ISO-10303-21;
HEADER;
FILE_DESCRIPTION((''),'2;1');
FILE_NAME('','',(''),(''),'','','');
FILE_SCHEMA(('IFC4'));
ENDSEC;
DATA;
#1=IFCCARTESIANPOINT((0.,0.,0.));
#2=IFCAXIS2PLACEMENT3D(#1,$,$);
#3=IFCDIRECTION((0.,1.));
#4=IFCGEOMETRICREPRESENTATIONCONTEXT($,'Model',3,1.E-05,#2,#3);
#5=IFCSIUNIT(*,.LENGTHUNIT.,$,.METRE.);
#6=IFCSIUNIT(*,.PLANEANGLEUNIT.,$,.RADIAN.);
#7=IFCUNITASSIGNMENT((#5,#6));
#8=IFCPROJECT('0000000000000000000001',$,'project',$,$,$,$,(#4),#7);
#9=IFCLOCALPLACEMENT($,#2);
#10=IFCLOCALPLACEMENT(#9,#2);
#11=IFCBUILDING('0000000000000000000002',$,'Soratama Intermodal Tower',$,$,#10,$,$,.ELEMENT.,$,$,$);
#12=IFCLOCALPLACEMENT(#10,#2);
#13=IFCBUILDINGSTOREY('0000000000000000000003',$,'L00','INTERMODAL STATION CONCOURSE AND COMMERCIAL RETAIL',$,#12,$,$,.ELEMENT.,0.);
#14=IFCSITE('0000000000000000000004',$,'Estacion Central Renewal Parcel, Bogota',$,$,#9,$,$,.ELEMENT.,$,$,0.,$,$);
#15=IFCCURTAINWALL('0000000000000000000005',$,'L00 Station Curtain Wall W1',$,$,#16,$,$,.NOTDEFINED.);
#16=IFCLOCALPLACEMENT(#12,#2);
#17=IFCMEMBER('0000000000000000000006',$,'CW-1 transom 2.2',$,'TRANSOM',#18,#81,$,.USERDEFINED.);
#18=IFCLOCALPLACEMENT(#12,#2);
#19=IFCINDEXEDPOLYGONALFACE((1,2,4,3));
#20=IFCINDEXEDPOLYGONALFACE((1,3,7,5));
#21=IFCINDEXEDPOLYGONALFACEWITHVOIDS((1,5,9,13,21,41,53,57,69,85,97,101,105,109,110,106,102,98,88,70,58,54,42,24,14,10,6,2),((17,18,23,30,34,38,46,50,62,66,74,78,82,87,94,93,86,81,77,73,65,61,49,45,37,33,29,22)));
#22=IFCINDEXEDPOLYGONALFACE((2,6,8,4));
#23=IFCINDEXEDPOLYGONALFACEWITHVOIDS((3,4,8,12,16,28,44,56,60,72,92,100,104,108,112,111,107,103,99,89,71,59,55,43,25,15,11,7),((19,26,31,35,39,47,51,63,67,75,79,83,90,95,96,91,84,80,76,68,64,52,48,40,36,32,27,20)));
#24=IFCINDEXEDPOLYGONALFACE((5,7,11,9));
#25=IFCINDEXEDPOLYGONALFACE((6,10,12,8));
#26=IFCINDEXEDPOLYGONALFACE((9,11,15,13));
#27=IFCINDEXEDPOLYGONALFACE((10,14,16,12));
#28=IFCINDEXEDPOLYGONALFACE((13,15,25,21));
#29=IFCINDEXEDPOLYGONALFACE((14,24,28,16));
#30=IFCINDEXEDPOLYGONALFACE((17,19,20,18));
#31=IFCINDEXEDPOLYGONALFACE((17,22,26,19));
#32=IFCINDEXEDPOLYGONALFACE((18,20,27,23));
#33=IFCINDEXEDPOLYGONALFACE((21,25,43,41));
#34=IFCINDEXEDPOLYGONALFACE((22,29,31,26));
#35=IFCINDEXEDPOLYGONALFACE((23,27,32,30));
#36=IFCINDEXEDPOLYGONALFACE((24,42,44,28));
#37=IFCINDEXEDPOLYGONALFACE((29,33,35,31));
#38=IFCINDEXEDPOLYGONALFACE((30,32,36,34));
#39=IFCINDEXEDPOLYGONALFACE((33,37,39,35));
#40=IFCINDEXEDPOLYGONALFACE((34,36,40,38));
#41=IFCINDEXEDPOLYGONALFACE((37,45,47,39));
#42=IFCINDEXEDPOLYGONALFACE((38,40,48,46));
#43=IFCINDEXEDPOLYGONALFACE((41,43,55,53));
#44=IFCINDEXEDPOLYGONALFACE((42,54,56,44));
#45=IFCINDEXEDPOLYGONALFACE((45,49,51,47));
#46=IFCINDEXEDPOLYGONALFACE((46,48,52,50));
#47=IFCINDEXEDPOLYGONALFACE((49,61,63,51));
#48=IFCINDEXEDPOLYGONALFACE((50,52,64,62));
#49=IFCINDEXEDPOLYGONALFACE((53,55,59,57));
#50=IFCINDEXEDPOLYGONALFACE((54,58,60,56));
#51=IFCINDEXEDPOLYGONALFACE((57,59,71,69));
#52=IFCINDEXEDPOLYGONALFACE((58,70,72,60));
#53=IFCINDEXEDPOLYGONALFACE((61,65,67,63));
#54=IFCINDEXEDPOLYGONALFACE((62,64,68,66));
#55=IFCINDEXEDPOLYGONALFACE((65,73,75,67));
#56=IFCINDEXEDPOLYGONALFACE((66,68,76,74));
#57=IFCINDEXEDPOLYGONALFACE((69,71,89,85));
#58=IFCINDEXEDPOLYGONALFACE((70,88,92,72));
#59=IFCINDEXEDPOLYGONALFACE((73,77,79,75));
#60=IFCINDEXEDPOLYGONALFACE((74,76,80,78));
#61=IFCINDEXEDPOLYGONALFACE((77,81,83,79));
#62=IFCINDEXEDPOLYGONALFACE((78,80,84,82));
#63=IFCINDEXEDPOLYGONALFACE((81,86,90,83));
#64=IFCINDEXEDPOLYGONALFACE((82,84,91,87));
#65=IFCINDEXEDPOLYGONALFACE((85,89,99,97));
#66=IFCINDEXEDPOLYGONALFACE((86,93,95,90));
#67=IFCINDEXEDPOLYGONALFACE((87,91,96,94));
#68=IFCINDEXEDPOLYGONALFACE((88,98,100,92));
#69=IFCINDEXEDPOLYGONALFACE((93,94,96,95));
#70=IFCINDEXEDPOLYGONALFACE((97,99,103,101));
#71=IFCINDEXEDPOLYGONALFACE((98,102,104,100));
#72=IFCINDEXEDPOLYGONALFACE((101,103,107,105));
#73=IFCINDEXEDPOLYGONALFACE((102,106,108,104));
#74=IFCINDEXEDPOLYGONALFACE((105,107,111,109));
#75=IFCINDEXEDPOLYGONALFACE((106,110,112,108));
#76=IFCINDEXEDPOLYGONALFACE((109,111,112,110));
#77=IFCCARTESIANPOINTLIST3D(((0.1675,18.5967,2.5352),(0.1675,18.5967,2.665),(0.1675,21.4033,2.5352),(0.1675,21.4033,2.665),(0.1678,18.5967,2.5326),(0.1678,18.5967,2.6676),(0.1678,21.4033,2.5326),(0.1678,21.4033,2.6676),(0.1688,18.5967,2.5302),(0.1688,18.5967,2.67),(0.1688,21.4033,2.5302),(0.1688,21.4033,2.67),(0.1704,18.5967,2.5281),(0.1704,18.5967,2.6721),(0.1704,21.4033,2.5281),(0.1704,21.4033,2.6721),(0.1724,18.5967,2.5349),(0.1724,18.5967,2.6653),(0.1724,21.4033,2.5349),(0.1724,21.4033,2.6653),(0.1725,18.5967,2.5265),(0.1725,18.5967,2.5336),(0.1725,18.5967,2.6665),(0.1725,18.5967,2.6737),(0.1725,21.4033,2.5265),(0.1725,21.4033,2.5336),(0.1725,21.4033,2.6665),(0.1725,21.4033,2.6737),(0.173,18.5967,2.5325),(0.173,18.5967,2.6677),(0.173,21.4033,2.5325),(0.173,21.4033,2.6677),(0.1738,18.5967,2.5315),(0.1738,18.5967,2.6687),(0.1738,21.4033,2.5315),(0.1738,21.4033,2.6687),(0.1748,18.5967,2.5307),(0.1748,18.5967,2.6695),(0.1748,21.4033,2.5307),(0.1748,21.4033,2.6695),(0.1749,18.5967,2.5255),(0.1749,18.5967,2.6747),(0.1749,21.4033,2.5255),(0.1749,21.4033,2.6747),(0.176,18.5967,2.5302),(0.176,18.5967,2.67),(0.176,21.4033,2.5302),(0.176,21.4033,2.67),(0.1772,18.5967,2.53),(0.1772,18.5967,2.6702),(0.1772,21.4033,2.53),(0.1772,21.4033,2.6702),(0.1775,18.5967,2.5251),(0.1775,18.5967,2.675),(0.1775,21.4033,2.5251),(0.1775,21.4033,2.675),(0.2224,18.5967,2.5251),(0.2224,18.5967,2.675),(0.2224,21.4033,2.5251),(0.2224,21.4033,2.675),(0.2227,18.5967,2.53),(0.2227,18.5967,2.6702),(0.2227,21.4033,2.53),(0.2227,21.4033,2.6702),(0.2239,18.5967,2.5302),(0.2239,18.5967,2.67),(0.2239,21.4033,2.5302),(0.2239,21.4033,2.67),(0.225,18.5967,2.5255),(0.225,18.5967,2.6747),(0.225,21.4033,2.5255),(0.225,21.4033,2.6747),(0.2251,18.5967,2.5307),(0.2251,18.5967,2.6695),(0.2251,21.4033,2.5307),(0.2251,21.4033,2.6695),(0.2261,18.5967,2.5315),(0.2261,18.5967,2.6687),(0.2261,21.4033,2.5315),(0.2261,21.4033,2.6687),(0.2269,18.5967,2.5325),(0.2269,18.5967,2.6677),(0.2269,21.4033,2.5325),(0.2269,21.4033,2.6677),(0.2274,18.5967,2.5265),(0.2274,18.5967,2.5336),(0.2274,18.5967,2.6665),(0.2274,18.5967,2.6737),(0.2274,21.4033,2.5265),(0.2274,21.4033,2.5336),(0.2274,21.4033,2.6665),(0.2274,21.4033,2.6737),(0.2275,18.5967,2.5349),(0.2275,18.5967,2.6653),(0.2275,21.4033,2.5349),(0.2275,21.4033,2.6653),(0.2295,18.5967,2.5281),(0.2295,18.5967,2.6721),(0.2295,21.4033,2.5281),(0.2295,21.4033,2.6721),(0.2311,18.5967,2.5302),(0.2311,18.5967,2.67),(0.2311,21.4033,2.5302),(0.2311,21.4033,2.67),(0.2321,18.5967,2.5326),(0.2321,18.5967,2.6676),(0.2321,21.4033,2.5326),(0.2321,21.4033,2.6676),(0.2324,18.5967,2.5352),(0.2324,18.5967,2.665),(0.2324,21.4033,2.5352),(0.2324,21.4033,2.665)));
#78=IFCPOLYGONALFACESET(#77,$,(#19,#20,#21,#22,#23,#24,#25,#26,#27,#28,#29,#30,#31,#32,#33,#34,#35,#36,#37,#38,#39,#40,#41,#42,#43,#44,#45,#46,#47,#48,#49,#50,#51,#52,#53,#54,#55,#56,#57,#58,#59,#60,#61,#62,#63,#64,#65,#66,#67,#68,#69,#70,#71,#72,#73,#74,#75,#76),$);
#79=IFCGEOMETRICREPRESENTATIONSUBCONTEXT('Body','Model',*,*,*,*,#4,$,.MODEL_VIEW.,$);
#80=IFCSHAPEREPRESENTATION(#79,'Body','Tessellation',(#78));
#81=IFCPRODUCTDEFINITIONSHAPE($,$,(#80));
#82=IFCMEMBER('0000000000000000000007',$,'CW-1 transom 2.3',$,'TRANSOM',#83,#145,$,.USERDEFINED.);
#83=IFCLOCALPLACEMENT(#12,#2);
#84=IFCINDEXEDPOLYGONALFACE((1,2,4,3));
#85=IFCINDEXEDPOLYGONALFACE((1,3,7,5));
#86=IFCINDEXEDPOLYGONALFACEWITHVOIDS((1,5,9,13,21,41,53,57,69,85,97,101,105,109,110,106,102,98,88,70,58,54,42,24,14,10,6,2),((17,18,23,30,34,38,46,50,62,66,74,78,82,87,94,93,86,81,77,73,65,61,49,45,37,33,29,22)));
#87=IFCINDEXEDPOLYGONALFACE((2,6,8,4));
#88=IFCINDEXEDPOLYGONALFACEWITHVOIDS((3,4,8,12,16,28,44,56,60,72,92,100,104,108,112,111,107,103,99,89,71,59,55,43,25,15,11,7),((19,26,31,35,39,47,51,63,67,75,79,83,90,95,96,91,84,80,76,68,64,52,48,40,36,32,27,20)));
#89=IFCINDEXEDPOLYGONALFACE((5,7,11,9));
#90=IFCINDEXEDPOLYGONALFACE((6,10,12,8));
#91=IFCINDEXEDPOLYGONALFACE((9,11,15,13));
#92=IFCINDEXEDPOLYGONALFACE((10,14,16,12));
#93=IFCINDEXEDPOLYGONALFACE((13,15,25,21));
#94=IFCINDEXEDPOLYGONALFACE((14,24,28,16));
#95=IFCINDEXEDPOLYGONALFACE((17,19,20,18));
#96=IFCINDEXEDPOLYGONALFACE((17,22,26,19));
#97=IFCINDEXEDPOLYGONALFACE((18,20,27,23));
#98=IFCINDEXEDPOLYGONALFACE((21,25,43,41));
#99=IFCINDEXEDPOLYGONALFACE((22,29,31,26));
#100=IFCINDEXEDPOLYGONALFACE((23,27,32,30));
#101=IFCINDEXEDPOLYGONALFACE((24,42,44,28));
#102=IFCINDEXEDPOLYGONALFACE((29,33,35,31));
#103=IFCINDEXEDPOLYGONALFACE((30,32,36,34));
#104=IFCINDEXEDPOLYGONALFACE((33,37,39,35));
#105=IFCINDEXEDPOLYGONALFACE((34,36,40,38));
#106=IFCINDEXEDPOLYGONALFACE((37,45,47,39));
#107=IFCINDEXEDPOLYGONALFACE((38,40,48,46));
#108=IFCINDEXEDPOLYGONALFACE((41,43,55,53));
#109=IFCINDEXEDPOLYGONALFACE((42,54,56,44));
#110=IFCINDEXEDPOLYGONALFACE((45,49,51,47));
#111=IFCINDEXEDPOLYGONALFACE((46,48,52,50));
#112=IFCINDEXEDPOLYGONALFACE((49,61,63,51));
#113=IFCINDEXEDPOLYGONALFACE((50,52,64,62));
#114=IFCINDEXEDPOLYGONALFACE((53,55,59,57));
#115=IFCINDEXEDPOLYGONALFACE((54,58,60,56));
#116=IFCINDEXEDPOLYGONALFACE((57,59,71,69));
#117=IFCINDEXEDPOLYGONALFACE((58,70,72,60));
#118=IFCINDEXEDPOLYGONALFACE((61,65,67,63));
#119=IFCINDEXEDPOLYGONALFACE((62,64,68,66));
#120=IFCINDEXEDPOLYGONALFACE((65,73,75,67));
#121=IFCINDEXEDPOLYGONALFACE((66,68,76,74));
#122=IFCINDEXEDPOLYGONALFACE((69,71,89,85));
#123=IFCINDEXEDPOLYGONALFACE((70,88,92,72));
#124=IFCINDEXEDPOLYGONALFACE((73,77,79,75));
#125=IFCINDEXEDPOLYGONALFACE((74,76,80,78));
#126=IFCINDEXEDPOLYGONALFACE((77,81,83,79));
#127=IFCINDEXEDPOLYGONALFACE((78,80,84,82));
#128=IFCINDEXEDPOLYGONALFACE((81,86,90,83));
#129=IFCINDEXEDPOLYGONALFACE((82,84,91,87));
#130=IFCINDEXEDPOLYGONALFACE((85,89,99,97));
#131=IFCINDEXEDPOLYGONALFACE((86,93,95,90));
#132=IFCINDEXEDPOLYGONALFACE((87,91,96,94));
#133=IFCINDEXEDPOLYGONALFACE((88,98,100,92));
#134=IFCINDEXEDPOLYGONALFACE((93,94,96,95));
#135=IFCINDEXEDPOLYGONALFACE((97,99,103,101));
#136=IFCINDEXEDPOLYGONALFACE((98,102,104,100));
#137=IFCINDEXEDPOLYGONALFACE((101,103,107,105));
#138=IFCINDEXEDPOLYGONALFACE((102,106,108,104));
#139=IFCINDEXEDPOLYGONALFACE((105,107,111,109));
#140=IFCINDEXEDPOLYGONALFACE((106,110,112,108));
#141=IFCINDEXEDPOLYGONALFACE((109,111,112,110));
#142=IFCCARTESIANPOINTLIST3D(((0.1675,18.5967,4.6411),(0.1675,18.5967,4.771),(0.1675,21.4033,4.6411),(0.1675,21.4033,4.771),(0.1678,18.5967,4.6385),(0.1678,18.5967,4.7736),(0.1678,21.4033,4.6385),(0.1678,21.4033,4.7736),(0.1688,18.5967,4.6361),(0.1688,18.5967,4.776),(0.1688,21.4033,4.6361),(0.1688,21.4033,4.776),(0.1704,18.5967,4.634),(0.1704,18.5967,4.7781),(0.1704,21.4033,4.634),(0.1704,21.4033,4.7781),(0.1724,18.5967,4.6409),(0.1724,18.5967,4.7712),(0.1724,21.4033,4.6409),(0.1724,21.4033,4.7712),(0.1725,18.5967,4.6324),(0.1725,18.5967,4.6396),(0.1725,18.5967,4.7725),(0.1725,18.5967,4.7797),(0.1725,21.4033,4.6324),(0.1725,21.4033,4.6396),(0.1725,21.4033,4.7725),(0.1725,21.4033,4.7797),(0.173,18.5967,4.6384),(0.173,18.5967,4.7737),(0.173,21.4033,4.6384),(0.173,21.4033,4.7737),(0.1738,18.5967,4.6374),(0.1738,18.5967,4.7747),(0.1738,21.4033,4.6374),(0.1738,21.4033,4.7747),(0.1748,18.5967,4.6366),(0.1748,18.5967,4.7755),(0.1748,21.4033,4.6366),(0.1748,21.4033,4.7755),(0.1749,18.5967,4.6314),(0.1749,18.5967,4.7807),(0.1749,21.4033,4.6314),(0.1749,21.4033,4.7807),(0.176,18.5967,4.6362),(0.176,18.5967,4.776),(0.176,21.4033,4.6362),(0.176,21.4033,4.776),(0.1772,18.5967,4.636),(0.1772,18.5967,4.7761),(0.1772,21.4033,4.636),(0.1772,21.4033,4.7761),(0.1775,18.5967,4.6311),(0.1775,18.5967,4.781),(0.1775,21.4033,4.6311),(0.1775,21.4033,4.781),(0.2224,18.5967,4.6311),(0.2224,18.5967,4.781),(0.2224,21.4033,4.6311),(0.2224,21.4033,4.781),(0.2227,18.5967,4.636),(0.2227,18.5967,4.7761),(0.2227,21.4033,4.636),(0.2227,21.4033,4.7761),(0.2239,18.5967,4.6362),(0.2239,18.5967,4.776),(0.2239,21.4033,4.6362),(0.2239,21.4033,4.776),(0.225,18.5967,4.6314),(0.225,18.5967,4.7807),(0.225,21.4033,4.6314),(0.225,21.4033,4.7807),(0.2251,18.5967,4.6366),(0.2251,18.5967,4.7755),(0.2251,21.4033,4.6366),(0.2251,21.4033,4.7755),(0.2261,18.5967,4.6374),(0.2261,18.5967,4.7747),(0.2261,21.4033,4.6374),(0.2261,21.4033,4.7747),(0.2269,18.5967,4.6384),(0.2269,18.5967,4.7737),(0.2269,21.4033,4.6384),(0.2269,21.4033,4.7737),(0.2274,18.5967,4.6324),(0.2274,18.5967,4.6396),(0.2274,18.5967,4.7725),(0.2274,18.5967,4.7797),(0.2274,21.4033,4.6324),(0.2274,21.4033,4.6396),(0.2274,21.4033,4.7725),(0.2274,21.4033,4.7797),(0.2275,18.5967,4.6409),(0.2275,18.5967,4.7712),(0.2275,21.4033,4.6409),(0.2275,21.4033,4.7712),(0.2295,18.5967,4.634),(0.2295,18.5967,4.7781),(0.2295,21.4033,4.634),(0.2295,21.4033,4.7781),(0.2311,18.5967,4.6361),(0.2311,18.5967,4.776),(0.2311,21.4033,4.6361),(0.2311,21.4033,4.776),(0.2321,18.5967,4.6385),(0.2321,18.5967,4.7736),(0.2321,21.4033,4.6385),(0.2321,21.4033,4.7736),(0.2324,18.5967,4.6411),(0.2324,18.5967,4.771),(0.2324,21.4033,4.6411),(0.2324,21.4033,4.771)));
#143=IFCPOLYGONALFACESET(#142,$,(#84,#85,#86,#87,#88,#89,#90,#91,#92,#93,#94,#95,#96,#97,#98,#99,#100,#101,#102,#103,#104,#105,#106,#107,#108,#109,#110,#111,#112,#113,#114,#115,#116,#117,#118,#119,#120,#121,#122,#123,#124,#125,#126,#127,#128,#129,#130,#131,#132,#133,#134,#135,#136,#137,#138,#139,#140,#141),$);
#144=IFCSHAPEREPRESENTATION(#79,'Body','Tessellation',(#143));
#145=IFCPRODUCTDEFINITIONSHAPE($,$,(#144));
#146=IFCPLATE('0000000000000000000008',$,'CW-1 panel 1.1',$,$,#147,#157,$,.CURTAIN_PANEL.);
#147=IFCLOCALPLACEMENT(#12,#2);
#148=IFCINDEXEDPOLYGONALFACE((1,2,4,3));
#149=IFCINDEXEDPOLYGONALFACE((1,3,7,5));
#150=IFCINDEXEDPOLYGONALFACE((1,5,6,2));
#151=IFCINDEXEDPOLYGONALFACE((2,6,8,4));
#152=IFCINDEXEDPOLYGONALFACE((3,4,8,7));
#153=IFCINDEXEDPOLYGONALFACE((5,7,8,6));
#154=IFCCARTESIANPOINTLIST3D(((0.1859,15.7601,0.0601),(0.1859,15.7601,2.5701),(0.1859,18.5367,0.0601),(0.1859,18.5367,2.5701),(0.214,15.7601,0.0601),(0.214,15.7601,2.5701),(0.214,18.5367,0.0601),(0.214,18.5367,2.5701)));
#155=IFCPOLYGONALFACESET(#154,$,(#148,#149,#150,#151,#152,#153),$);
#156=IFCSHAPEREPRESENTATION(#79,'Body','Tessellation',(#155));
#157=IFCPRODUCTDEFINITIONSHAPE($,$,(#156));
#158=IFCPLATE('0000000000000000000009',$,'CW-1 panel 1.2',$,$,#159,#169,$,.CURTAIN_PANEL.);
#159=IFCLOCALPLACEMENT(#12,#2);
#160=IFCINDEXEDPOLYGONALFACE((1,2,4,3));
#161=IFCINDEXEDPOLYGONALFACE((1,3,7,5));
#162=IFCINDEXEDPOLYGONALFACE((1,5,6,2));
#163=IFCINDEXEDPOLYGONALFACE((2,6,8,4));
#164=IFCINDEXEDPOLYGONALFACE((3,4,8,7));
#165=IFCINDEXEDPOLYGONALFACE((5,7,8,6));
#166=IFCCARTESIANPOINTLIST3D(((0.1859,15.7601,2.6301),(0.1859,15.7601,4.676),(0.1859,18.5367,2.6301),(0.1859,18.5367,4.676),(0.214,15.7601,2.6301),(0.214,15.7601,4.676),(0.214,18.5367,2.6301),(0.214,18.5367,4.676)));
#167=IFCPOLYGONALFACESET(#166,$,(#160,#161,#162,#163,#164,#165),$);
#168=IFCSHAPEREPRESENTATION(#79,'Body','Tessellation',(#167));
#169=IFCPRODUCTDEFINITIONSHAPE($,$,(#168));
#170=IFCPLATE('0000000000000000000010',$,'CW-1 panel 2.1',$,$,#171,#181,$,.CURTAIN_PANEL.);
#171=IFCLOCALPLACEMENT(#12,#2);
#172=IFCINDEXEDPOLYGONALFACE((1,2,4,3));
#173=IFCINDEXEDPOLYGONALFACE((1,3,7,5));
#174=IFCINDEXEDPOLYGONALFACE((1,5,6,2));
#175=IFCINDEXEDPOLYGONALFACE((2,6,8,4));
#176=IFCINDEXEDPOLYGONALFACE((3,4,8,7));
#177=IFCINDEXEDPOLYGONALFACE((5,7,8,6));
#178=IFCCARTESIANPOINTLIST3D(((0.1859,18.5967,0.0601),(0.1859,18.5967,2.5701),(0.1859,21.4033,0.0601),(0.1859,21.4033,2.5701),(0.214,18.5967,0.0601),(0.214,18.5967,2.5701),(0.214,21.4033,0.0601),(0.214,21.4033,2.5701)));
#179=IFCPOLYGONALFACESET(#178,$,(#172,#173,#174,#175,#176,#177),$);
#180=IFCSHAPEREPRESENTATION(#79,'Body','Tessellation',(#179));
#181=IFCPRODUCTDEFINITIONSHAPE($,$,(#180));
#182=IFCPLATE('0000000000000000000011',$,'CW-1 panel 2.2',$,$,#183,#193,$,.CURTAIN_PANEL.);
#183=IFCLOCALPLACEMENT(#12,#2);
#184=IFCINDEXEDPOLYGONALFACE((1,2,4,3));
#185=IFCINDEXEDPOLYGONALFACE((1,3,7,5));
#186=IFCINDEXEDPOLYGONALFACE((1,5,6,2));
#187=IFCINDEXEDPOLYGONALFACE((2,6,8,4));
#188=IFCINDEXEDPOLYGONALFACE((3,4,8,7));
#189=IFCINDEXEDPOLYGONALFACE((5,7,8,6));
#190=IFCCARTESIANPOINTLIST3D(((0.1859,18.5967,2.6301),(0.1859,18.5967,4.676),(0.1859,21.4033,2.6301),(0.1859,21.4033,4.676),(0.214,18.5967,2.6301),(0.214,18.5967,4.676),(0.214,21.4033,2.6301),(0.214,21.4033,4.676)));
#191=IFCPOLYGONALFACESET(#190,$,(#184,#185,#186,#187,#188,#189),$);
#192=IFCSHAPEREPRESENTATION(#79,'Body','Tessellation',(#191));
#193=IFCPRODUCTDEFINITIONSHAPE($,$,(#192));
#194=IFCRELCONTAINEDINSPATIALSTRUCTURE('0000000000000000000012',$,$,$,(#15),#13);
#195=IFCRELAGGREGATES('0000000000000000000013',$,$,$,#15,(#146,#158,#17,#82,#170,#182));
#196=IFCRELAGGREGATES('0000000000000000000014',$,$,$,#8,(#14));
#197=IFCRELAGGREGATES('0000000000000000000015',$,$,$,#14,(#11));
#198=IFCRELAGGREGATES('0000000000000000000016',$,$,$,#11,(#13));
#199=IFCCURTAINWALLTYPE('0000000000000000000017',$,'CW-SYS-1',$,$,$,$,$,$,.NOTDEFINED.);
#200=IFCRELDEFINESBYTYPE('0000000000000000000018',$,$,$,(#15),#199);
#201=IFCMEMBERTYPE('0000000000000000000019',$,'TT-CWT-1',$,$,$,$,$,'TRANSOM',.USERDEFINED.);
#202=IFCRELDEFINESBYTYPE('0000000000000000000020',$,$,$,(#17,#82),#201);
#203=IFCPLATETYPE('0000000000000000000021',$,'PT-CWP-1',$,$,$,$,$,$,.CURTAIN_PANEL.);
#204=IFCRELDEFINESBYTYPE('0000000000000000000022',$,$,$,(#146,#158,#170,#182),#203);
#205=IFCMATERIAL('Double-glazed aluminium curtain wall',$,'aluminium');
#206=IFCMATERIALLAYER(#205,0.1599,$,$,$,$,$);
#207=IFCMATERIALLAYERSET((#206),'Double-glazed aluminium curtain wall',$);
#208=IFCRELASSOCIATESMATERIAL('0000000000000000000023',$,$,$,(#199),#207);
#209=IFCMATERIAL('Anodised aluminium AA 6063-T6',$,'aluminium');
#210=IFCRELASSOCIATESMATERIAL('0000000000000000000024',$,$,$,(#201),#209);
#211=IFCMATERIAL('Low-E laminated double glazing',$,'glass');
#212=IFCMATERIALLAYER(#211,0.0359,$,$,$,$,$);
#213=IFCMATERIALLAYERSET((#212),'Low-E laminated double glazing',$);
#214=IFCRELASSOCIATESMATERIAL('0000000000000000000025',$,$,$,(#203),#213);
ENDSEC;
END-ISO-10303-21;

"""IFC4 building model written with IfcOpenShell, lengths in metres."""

from ifc_helpers import new_model, si_unit, direction, frame, origin, origin_2d, place, context, subcontext, project, spatial, rectangle, hollow_rectangle, extrude, material, layer, layer_set, material_profile, profile_set, type_object, element, aggregate, save


model = new_model("IFC4")

# Units and contexts
model_context = context("Model", 3, precision=1e-05, world=origin(), true_north=direction((0.0, 1.0)))
body_context = subcontext(model_context, "Body", "Model", "MODEL_VIEW")
ifc_project = project(units=[si_unit("LENGTHUNIT", "METRE"), si_unit("PLANEANGLEUNIT", "RADIAN")], contexts=[model_context])

# Site, building, storey
site_placement = place(None, origin())
site = spatial("IfcSite", under=ifc_project, at=site_placement, Name="Estacion Central Renewal Parcel, Bogota", CompositionType="ELEMENT", RefElevation=0.0)
building_placement = place(site_placement, origin())
building = spatial("IfcBuilding", under=site, at=building_placement, Name="Soratama Intermodal Tower", CompositionType="ELEMENT")
storey_placement = place(building_placement, origin())
storey = spatial("IfcBuildingStorey", under=building, at=storey_placement, Name="L00", Description="INTERMODAL STATION CONCOURSE AND COMMERCIAL RETAIL", CompositionType="ELEMENT", Elevation=0.0)

# Curtain wall, members, plates
ifc_material_1 = material(Name="Double-glazed aluminium curtain wall", Category="aluminium")
ifc_layer_1 = layer(ifc_material_1, 0.1599)
ifc_layer_set_1 = layer_set([ifc_layer_1], Name="Double-glazed aluminium curtain wall")
curtain_wall_type = type_object("IfcCurtainWallType", Name="CW-SYS-1", PredefinedType="NOTDEFINED", material=ifc_layer_set_1)
curtain_wall_placement = place(storey_placement, origin())
curtain_wall = element("IfcCurtainWall", 1, at=curtain_wall_placement, inside=storey, type_object=curtain_wall_type, Name="L00 Station Curtain Wall W1", PredefinedType="NOTDEFINED")
ifc_material_2 = material(Name="Anodised aluminium AA 6063-T6", Category="aluminium")
ifc_material_profile_1 = material_profile(ifc_material_2, hollow_rectangle(XDim=0.0649, YDim=0.1499, WallThickness=0.0049, InnerFilletRadius=0.0049, OuterFilletRadius=0.01, at=origin_2d()), Name="CWT150X65X5")
ifc_profile_set_1 = profile_set([ifc_material_profile_1], Name="Anodised aluminium AA 6063-T6")
member_type_1 = type_object("IfcMemberType", Name="TT-CWT-1", ElementType="TRANSOM", PredefinedType="USERDEFINED", material=ifc_profile_set_1)
member_1_placement = place(storey_placement, frame((0.2, 18.5967, 2.6001), z_axis=(0.0, 1.0, 0.0), x_axis=(-1.0, 0.0, 0.0)))
member_1 = element("IfcMember", 2, at=member_1_placement, type_object=member_type_1, Name="CW-1 transom 2.2", ObjectType="TRANSOM", PredefinedType="USERDEFINED", context=body_context, shape_type="SweptSolid", body=[
    extrude(hollow_rectangle(XDim=0.0649, YDim=0.1499, WallThickness=0.0049, InnerFilletRadius=0.0049, OuterFilletRadius=0.01, at=origin_2d()), origin(), (0.0, 0.0, 1.0), 2.8066),
])
member_2_placement = place(storey_placement, frame((0.2, 18.5967, 4.7061), z_axis=(0.0, 1.0, 0.0), x_axis=(-1.0, 0.0, 0.0)))
member_2 = element("IfcMember", 3, at=member_2_placement, type_object=member_type_1, Name="CW-1 transom 2.3", ObjectType="TRANSOM", PredefinedType="USERDEFINED", context=body_context, shape_type="SweptSolid", body=[
    extrude(hollow_rectangle(XDim=0.0649, YDim=0.1499, WallThickness=0.0049, InnerFilletRadius=0.0049, OuterFilletRadius=0.01, at=origin_2d()), origin(), (0.0, 0.0, 1.0), 2.8066),
])
ifc_material_3 = material(Name="Low-E laminated double glazing", Category="glass")
ifc_layer_2 = layer(ifc_material_3, 0.0359)
ifc_layer_set_2 = layer_set([ifc_layer_2], Name="Low-E laminated double glazing")
plate_type = type_object("IfcPlateType", Name="PT-CWP-1", PredefinedType="CURTAIN_PANEL", material=ifc_layer_set_2)
plate_1_placement = place(storey_placement, frame((0.2, 17.1484, 0.0601), z_axis=(0.0, 0.0, 1.0), x_axis=(0.0, 1.0, 0.0)))
plate_1 = element("IfcPlate", 4, at=plate_1_placement, type_object=plate_type, Name="CW-1 panel 1.1", PredefinedType="CURTAIN_PANEL", context=body_context, shape_type="SweptSolid", body=[
    extrude(rectangle(XDim=2.7766, YDim=0.0281, at=origin_2d()), origin(), (0.0, 0.0, 1.0), 2.51),
])
plate_2_placement = place(storey_placement, frame((0.2, 17.1484, 2.6301), z_axis=(0.0, 0.0, 1.0), x_axis=(0.0, 1.0, 0.0)))
plate_2 = element("IfcPlate", 5, at=plate_2_placement, type_object=plate_type, Name="CW-1 panel 1.2", PredefinedType="CURTAIN_PANEL", context=body_context, shape_type="SweptSolid", body=[
    extrude(rectangle(XDim=2.7766, YDim=0.0281, at=origin_2d()), origin(), (0.0, 0.0, 1.0), 2.0459),
])
plate_3_placement = place(storey_placement, frame((0.2, 20.0, 0.0601), z_axis=(0.0, 0.0, 1.0), x_axis=(0.0, 1.0, 0.0)))
plate_3 = element("IfcPlate", 6, at=plate_3_placement, type_object=plate_type, Name="CW-1 panel 2.1", PredefinedType="CURTAIN_PANEL", context=body_context, shape_type="SweptSolid", body=[
    extrude(rectangle(XDim=2.8066, YDim=0.0281, at=origin_2d()), origin(), (0.0, 0.0, 1.0), 2.51),
])
plate_4_placement = place(storey_placement, frame((0.2, 20.0, 2.6301), z_axis=(0.0, 0.0, 1.0), x_axis=(0.0, 1.0, 0.0)))
plate_4 = element("IfcPlate", 7, at=plate_4_placement, type_object=plate_type, Name="CW-1 panel 2.2", PredefinedType="CURTAIN_PANEL", context=body_context, shape_type="SweptSolid", body=[
    extrude(rectangle(XDim=2.8066, YDim=0.0281, at=origin_2d()), origin(), (0.0, 0.0, 1.0), 2.0459),
])
aggregate(curtain_wall, [plate_1, plate_2, member_1, member_2, plate_3, plate_4])

save(model, "model.ifc")
